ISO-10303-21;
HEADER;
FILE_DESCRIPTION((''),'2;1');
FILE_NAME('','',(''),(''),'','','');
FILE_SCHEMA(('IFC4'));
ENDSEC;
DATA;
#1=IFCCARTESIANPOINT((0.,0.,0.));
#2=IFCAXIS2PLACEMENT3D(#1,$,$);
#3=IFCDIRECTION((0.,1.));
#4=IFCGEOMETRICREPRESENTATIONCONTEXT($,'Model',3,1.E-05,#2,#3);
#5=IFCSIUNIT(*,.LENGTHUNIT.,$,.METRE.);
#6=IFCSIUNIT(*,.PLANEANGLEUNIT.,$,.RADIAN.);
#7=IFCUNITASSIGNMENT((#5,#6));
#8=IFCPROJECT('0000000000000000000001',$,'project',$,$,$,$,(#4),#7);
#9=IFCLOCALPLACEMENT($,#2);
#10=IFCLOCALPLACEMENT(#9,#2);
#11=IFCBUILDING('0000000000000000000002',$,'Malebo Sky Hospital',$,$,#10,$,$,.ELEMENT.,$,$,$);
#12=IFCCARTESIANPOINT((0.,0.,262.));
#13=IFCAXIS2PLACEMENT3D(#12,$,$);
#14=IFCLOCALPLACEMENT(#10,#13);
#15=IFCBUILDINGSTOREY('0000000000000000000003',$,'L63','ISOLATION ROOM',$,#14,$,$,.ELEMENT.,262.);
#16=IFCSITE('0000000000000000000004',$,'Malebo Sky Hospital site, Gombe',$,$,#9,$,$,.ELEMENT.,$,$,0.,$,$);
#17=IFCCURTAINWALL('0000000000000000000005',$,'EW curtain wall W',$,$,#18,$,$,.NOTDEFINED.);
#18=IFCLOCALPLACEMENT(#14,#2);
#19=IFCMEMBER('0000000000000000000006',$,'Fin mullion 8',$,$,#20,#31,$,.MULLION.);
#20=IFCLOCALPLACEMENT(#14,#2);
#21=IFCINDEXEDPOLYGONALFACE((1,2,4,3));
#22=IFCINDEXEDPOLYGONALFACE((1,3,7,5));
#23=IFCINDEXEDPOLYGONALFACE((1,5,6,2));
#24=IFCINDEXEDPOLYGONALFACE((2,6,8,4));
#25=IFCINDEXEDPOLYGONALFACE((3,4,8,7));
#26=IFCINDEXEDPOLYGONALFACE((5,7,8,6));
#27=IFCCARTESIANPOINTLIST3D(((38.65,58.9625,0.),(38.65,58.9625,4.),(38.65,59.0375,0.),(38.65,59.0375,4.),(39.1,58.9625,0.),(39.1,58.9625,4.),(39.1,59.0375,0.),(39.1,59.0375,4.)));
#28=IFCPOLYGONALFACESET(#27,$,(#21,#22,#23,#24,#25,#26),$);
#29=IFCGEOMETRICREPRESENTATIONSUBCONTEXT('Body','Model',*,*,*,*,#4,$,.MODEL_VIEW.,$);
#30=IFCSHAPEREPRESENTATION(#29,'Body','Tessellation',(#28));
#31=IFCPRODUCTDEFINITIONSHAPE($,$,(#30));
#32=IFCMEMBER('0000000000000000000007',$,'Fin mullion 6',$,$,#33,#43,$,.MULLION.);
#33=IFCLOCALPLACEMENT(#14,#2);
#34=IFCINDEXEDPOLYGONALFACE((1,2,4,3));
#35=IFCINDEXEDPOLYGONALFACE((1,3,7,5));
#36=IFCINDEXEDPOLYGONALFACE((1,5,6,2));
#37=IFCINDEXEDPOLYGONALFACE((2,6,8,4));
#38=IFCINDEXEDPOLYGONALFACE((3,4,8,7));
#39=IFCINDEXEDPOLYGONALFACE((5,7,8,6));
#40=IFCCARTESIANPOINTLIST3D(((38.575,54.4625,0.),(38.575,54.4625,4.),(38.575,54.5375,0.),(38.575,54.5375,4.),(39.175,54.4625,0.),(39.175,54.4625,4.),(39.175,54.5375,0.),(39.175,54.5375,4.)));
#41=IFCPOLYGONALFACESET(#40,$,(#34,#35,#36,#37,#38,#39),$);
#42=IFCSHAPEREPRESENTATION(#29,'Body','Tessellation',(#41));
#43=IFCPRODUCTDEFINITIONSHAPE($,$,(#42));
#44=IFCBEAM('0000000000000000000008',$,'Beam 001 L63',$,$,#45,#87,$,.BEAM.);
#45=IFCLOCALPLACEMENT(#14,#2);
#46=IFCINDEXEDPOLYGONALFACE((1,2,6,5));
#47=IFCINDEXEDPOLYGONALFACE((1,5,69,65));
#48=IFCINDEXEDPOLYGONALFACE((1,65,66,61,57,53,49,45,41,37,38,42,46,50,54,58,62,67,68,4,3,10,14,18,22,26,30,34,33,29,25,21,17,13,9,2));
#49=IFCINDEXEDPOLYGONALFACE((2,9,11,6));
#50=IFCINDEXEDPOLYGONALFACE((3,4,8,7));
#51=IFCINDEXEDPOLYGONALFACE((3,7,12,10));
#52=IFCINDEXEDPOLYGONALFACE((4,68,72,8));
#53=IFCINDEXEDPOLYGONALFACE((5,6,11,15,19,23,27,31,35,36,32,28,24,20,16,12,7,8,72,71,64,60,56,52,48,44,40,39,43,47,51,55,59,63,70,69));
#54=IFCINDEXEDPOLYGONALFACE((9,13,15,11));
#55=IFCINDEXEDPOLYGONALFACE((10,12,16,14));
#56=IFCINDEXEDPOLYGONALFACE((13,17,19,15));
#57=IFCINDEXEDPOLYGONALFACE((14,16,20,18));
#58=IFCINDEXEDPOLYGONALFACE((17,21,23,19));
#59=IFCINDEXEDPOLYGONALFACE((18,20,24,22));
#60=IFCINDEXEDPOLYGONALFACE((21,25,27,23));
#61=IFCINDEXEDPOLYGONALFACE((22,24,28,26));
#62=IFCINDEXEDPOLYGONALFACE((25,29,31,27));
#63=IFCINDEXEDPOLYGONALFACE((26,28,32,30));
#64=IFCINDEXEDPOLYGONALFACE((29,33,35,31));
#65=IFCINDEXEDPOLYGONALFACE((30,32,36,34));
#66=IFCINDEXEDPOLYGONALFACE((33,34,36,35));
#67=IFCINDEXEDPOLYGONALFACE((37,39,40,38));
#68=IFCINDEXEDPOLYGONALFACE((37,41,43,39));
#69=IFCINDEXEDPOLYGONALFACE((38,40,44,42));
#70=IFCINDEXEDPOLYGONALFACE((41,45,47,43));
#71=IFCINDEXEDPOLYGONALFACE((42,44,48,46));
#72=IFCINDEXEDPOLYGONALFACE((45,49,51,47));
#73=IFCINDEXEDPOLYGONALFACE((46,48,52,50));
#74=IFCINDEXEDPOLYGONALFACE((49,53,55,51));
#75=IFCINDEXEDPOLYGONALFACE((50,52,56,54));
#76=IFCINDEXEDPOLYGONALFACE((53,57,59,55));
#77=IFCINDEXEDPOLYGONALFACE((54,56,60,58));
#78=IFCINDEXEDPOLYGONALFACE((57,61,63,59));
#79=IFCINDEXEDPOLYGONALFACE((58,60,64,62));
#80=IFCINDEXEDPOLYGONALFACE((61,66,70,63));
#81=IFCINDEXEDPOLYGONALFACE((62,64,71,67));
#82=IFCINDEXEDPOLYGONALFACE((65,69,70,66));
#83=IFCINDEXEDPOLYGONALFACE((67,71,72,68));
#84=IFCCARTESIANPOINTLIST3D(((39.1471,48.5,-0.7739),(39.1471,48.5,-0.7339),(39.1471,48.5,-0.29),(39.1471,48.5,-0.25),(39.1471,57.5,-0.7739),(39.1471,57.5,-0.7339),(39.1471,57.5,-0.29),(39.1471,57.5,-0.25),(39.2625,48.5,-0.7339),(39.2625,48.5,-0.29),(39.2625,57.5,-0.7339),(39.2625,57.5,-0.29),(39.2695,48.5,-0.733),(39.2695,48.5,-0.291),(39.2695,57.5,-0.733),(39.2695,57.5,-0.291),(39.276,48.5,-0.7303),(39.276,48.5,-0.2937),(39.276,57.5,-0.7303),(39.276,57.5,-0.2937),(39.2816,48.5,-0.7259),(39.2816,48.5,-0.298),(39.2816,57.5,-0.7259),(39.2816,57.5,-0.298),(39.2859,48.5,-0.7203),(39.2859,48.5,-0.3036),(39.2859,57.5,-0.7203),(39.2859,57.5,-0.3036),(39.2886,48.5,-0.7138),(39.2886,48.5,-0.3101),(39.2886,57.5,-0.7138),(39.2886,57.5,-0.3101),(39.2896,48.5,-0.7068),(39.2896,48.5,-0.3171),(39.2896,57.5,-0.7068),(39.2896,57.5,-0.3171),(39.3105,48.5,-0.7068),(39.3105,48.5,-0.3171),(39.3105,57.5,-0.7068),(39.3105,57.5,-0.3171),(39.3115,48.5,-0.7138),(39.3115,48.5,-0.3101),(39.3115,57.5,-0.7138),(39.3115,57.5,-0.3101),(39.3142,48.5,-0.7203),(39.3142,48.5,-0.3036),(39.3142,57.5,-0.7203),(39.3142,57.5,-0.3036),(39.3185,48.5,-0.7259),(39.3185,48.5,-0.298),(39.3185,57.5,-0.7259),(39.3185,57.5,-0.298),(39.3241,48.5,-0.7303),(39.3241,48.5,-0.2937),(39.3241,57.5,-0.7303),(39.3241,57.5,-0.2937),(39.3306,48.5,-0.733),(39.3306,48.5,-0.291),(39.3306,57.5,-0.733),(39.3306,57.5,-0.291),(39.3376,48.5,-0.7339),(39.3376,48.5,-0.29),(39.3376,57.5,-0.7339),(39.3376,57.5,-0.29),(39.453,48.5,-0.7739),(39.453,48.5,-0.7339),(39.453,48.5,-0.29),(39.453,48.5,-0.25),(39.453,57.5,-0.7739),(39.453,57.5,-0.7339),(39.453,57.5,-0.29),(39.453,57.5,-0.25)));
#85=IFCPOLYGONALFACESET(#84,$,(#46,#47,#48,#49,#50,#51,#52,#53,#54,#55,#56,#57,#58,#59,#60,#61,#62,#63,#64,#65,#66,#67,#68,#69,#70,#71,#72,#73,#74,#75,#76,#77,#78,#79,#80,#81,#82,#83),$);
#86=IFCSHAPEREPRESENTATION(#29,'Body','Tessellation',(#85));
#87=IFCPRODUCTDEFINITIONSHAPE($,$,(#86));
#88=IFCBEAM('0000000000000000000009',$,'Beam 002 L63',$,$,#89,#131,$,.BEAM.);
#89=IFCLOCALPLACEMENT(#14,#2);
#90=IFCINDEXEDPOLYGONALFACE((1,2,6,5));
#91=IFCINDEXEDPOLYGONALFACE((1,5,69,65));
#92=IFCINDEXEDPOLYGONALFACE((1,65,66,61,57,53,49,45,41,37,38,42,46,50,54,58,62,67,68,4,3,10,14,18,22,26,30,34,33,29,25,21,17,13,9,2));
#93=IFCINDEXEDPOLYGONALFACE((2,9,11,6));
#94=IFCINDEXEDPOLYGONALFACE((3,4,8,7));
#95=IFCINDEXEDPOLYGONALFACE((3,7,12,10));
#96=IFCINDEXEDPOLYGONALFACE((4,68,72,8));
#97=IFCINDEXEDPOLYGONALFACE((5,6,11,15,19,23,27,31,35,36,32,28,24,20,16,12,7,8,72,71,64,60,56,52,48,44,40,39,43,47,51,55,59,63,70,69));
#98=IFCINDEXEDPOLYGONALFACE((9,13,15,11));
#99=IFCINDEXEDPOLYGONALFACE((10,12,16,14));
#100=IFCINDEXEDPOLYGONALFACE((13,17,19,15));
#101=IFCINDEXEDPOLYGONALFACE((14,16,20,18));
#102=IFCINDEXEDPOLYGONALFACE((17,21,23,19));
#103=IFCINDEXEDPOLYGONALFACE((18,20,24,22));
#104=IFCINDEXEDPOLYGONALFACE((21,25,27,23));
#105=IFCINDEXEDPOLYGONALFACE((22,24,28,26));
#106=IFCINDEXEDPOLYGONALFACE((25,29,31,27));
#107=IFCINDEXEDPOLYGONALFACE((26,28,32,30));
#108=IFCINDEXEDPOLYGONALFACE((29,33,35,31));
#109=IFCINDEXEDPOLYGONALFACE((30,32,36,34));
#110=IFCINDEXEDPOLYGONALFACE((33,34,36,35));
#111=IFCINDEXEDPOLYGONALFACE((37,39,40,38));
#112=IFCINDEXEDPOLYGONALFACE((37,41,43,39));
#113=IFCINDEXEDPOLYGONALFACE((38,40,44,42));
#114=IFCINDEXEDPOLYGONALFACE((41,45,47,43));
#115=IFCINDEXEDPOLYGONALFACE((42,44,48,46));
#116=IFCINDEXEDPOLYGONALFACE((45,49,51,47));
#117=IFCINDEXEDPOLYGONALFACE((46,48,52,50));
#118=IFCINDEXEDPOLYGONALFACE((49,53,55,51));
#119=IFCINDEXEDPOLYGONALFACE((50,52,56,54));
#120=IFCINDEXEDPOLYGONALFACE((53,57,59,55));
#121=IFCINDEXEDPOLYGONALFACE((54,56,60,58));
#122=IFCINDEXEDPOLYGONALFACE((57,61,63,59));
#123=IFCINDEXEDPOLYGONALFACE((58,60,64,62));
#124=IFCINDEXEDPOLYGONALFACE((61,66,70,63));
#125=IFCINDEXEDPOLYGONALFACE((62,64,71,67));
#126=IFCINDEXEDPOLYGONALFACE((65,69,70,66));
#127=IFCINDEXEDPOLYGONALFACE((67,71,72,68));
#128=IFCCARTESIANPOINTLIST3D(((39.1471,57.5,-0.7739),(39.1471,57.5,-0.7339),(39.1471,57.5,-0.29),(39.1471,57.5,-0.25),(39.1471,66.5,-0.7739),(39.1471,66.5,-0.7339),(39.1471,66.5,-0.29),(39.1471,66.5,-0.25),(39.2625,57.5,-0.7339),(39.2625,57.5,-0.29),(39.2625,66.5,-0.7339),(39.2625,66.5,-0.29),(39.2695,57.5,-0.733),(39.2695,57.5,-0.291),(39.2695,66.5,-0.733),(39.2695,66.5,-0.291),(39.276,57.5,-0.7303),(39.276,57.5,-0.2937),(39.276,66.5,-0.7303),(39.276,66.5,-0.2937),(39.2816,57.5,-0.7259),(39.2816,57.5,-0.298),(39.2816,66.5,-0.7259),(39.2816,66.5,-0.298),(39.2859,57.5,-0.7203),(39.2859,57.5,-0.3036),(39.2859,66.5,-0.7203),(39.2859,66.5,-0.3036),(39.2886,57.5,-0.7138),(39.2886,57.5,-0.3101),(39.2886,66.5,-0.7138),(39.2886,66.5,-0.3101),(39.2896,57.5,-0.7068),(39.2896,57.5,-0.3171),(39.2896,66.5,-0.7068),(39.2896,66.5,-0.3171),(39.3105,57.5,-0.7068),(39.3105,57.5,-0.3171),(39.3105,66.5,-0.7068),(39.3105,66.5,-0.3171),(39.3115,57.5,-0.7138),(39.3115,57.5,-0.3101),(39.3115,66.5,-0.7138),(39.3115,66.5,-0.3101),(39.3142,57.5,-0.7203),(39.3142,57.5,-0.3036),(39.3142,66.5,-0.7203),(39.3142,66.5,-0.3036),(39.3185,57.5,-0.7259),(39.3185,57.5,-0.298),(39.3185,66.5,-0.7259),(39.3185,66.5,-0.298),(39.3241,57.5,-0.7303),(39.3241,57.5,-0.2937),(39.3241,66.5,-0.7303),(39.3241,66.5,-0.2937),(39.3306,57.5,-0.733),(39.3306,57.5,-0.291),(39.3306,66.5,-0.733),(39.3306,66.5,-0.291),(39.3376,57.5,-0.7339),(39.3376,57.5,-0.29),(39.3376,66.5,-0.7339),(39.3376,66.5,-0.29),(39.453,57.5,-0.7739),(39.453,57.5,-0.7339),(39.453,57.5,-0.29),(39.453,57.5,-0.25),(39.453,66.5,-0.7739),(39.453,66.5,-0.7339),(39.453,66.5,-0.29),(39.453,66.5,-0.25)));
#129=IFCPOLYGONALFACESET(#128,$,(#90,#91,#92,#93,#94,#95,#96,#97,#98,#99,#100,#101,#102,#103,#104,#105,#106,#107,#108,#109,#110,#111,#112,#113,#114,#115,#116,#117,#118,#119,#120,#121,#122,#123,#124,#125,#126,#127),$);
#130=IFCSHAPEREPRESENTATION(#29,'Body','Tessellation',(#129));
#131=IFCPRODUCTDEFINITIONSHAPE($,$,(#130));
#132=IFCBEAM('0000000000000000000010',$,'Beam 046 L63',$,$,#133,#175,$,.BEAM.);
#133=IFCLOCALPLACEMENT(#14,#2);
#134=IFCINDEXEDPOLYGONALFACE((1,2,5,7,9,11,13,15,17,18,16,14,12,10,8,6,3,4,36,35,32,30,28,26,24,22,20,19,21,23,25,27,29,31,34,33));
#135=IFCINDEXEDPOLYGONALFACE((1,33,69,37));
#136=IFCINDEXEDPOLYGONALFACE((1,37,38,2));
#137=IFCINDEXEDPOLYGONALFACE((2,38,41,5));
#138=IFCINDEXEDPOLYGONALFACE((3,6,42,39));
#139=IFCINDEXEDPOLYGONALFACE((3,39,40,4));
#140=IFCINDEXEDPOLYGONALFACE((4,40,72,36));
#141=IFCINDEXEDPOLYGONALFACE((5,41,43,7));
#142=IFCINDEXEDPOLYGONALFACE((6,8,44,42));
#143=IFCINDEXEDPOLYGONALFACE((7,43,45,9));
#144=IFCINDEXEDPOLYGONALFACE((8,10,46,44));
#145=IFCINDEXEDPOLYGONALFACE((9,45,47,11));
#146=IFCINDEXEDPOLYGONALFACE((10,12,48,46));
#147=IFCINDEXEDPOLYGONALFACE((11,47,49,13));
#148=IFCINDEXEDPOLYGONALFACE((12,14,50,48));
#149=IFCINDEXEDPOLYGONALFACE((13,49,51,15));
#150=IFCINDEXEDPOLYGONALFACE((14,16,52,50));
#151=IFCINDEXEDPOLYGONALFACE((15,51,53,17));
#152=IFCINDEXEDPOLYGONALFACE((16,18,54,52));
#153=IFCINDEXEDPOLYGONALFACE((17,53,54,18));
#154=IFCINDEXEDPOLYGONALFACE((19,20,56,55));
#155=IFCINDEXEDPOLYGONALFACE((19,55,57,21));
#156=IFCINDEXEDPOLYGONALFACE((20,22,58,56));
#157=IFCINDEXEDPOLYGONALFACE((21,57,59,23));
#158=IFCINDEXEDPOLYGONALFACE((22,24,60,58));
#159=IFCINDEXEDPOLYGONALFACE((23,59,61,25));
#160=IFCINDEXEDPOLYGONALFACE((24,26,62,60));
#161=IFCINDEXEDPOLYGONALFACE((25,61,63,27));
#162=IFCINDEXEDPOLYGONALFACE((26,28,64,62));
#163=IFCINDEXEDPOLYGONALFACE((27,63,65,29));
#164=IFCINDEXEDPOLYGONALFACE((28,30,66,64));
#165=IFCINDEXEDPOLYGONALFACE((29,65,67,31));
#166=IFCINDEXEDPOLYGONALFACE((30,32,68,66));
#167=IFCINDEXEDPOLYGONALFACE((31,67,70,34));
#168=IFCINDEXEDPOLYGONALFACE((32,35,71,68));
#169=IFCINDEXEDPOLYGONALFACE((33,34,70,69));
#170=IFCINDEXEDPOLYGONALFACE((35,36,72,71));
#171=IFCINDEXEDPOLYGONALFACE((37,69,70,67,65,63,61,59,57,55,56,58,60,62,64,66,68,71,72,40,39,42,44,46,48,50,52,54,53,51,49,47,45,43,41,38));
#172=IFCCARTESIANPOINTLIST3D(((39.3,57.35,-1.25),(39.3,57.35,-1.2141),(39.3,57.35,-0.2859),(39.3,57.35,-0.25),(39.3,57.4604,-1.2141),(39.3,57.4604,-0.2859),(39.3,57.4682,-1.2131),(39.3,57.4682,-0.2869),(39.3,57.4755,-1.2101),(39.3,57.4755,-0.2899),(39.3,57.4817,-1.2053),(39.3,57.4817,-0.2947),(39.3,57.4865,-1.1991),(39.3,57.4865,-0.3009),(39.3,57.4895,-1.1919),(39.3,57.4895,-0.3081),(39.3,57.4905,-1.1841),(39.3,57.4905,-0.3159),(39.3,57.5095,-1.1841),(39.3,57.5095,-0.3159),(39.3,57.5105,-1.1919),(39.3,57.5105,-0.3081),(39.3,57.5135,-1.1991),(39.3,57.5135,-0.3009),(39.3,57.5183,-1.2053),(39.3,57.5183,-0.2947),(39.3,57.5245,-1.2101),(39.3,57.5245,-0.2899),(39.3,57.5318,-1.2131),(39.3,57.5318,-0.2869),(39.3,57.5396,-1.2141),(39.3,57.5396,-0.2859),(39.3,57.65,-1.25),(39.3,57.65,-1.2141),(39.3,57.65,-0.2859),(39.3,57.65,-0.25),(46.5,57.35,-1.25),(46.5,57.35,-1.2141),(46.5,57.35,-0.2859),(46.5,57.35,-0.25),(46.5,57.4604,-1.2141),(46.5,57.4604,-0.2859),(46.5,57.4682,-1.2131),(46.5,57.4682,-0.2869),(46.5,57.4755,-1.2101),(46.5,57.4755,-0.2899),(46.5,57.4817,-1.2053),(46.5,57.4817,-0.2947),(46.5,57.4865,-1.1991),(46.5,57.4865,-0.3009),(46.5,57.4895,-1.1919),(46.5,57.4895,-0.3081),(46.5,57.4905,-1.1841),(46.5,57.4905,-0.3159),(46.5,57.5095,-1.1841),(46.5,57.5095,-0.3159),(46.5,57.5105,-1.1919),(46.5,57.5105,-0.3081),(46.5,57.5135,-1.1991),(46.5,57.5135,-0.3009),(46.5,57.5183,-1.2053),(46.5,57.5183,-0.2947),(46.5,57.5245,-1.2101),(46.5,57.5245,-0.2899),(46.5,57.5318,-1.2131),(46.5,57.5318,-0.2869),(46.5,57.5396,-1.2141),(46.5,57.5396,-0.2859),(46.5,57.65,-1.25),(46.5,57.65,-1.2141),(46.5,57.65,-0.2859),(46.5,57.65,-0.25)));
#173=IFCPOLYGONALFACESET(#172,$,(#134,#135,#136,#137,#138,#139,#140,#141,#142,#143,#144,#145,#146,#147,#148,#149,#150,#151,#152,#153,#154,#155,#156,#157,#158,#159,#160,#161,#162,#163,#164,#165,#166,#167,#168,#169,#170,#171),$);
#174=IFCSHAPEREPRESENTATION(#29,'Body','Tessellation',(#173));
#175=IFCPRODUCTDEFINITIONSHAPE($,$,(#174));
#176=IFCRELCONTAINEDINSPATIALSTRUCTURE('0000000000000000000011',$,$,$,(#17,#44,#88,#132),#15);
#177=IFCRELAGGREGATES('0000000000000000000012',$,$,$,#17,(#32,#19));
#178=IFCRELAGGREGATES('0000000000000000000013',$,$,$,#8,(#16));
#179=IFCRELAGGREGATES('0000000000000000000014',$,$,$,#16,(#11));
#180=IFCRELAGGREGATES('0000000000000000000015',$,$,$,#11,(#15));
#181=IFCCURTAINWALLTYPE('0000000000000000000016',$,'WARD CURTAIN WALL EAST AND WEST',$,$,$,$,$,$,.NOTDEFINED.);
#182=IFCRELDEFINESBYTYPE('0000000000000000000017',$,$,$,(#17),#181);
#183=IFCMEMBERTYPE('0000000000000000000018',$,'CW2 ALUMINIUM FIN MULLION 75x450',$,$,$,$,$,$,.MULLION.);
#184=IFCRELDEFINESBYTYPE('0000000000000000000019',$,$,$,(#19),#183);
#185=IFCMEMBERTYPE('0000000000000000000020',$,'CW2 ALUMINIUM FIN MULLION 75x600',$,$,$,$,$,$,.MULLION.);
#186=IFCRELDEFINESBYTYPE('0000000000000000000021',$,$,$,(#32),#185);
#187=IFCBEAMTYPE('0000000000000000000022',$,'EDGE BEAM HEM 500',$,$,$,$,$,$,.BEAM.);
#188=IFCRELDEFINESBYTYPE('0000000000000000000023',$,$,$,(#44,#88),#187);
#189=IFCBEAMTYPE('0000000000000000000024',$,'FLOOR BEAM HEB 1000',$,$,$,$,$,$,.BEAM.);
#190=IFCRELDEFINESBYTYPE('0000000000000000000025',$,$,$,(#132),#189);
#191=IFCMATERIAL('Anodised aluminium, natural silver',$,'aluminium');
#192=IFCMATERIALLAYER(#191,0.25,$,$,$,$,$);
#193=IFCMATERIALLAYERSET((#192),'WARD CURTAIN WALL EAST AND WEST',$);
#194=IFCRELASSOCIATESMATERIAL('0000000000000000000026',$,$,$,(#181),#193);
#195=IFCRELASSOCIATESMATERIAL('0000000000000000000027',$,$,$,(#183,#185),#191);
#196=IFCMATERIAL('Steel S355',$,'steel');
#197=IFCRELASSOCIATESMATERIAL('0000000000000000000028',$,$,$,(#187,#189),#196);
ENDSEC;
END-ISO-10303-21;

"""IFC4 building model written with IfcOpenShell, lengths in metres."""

from ifc_helpers import new_model, si_unit, direction, frame, origin, origin_2d, place, context, subcontext, project, spatial, rectangle, i_section, extrude, material, layer, layer_set, material_profile, profile_set, type_object, element, aggregate, save


model = new_model("IFC4")

# Units and contexts
model_context = context("Model", 3, precision=1e-05, world=origin(), true_north=direction((0.0, 1.0)))
body_context = subcontext(model_context, "Body", "Model", "MODEL_VIEW")
ifc_project = project(units=[si_unit("LENGTHUNIT", "METRE"), si_unit("PLANEANGLEUNIT", "RADIAN")], contexts=[model_context])

# Site, building, storey
site_placement = place(None, origin())
site = spatial("IfcSite", under=ifc_project, at=site_placement, Name="Malebo Sky Hospital site, Gombe", CompositionType="ELEMENT", RefElevation=0.0)
building_placement = place(site_placement, origin())
building = spatial("IfcBuilding", under=site, at=building_placement, Name="Malebo Sky Hospital", CompositionType="ELEMENT")
storey_placement = place(building_placement, frame((0.0, 0.0, 262.0)))
storey = spatial("IfcBuildingStorey", under=building, at=storey_placement, Name="L63", Description="ISOLATION ROOM", CompositionType="ELEMENT", Elevation=262.0)

# Curtain wall
ifc_material_1 = material(Name="Anodised aluminium, natural silver", Category="aluminium")
ifc_layer_1 = layer(ifc_material_1, 0.25)
ifc_layer_set_1 = layer_set([ifc_layer_1], Name="WARD CURTAIN WALL EAST AND WEST")
curtain_wall_type = type_object("IfcCurtainWallType", Name="WARD CURTAIN WALL EAST AND WEST", PredefinedType="NOTDEFINED", material=ifc_layer_set_1)
curtain_wall_placement = place(storey_placement, origin())
curtain_wall = element("IfcCurtainWall", 1, at=curtain_wall_placement, inside=storey, type_object=curtain_wall_type, Name="EW curtain wall W", PredefinedType="NOTDEFINED")

# Members
ifc_material_2 = material(Name="Steel S355", Category="steel")
ifc_material_profile_1 = material_profile(ifc_material_1, rectangle(XDim=0.075, YDim=0.45, at=origin_2d()), Name="CW2 ALUMINIUM FIN MULLION 75x450")
ifc_profile_set_1 = profile_set([ifc_material_profile_1], Name="Anodised aluminium, natural silver")
member_type_1 = type_object("IfcMemberType", Name="CW2 ALUMINIUM FIN MULLION 75x450", PredefinedType="MULLION", material=ifc_profile_set_1)
member_1_placement = place(storey_placement, frame((38.875, 59.0, 0.0), z_axis=(0.0, 0.0, 1.0), x_axis=(0.0, 1.0, 0.0)))
member_1 = element("IfcMember", 2, at=member_1_placement, type_object=member_type_1, Name="Fin mullion 8", PredefinedType="MULLION", context=body_context, shape_type="SweptSolid", body=[
    extrude(rectangle(XDim=0.075, YDim=0.45, at=origin_2d()), origin(), (0.0, 0.0, 1.0), 4.0),
])
ifc_material_profile_2 = material_profile(ifc_material_1, rectangle(XDim=0.075, YDim=0.6001, at=origin_2d()), Name="CW2 ALUMINIUM FIN MULLION 75x600")
ifc_profile_set_2 = profile_set([ifc_material_profile_2], Name="Anodised aluminium, natural silver")
member_type_2 = type_object("IfcMemberType", Name="CW2 ALUMINIUM FIN MULLION 75x600", PredefinedType="MULLION", material=ifc_profile_set_2)
member_2_placement = place(storey_placement, frame((38.875, 54.5, 0.0), z_axis=(0.0, 0.0, 1.0), x_axis=(0.0, 1.0, 0.0)))
member_2 = element("IfcMember", 3, at=member_2_placement, type_object=member_type_2, Name="Fin mullion 6", PredefinedType="MULLION", context=body_context, shape_type="SweptSolid", body=[
    extrude(rectangle(XDim=0.075, YDim=0.6001, at=origin_2d()), origin(), (0.0, 0.0, 1.0), 4.0),
])

# Beams
ifc_material_profile_3 = material_profile(ifc_material_2, i_section(OverallWidth=0.3059, OverallDepth=0.5239, WebThickness=0.021, FlangeThickness=0.04, FilletRadius=0.0271, at=origin_2d()), Name="HEM 500")
ifc_profile_set_3 = profile_set([ifc_material_profile_3], Name="Steel S355")
beam_type_1 = type_object("IfcBeamType", Name="EDGE BEAM HEM 500", PredefinedType="BEAM", material=ifc_profile_set_3)
for number, where, z_axis, x_axis, name in (
    (4, (39.3, 48.5, -0.512), (0.0, 1.0, 0.0), (-1.0, 0.0, 0.0), "Beam 001 L63"),
    (5, (39.3, 57.5, -0.512), (0.0, 1.0, 0.0), (-1.0, 0.0, 0.0), "Beam 002 L63"),
):
    element("IfcBeam", number, at=place(storey_placement, frame(where, z_axis=z_axis, x_axis=x_axis)), inside=storey, type_object=beam_type_1, Name=name, PredefinedType="BEAM", context=body_context, shape_type="SweptSolid", body=[
        extrude(i_section(OverallWidth=0.3059, OverallDepth=0.5239, WebThickness=0.021, FlangeThickness=0.04, FilletRadius=0.0271, at=origin_2d()), origin(), (0.0, 0.0, 1.0), 9.0),
    ])
ifc_material_profile_4 = material_profile(ifc_material_2, i_section(OverallWidth=0.3, OverallDepth=1.0, WebThickness=0.019, FlangeThickness=0.0359, FilletRadius=0.03, at=origin_2d()), Name="HEB 1000")
ifc_profile_set_4 = profile_set([ifc_material_profile_4], Name="Steel S355")
beam_type_2 = type_object("IfcBeamType", Name="FLOOR BEAM HEB 1000", PredefinedType="BEAM", material=ifc_profile_set_4)
beam_1_placement = place(storey_placement, frame((39.3, 57.5, -0.75), z_axis=(1.0, 0.0, 0.0), x_axis=(0.0, 1.0, 0.0)))
element("IfcBeam", 6, at=beam_1_placement, inside=storey, type_object=beam_type_2, Name="Beam 046 L63", PredefinedType="BEAM", context=body_context, shape_type="SweptSolid", body=[
    extrude(i_section(OverallWidth=0.3, OverallDepth=1.0, WebThickness=0.019, FlangeThickness=0.0359, FilletRadius=0.03, at=origin_2d()), origin(), (0.0, 0.0, 1.0), 7.2),
])

aggregate(curtain_wall, [member_2, member_1])

save(model, "model.ifc")
